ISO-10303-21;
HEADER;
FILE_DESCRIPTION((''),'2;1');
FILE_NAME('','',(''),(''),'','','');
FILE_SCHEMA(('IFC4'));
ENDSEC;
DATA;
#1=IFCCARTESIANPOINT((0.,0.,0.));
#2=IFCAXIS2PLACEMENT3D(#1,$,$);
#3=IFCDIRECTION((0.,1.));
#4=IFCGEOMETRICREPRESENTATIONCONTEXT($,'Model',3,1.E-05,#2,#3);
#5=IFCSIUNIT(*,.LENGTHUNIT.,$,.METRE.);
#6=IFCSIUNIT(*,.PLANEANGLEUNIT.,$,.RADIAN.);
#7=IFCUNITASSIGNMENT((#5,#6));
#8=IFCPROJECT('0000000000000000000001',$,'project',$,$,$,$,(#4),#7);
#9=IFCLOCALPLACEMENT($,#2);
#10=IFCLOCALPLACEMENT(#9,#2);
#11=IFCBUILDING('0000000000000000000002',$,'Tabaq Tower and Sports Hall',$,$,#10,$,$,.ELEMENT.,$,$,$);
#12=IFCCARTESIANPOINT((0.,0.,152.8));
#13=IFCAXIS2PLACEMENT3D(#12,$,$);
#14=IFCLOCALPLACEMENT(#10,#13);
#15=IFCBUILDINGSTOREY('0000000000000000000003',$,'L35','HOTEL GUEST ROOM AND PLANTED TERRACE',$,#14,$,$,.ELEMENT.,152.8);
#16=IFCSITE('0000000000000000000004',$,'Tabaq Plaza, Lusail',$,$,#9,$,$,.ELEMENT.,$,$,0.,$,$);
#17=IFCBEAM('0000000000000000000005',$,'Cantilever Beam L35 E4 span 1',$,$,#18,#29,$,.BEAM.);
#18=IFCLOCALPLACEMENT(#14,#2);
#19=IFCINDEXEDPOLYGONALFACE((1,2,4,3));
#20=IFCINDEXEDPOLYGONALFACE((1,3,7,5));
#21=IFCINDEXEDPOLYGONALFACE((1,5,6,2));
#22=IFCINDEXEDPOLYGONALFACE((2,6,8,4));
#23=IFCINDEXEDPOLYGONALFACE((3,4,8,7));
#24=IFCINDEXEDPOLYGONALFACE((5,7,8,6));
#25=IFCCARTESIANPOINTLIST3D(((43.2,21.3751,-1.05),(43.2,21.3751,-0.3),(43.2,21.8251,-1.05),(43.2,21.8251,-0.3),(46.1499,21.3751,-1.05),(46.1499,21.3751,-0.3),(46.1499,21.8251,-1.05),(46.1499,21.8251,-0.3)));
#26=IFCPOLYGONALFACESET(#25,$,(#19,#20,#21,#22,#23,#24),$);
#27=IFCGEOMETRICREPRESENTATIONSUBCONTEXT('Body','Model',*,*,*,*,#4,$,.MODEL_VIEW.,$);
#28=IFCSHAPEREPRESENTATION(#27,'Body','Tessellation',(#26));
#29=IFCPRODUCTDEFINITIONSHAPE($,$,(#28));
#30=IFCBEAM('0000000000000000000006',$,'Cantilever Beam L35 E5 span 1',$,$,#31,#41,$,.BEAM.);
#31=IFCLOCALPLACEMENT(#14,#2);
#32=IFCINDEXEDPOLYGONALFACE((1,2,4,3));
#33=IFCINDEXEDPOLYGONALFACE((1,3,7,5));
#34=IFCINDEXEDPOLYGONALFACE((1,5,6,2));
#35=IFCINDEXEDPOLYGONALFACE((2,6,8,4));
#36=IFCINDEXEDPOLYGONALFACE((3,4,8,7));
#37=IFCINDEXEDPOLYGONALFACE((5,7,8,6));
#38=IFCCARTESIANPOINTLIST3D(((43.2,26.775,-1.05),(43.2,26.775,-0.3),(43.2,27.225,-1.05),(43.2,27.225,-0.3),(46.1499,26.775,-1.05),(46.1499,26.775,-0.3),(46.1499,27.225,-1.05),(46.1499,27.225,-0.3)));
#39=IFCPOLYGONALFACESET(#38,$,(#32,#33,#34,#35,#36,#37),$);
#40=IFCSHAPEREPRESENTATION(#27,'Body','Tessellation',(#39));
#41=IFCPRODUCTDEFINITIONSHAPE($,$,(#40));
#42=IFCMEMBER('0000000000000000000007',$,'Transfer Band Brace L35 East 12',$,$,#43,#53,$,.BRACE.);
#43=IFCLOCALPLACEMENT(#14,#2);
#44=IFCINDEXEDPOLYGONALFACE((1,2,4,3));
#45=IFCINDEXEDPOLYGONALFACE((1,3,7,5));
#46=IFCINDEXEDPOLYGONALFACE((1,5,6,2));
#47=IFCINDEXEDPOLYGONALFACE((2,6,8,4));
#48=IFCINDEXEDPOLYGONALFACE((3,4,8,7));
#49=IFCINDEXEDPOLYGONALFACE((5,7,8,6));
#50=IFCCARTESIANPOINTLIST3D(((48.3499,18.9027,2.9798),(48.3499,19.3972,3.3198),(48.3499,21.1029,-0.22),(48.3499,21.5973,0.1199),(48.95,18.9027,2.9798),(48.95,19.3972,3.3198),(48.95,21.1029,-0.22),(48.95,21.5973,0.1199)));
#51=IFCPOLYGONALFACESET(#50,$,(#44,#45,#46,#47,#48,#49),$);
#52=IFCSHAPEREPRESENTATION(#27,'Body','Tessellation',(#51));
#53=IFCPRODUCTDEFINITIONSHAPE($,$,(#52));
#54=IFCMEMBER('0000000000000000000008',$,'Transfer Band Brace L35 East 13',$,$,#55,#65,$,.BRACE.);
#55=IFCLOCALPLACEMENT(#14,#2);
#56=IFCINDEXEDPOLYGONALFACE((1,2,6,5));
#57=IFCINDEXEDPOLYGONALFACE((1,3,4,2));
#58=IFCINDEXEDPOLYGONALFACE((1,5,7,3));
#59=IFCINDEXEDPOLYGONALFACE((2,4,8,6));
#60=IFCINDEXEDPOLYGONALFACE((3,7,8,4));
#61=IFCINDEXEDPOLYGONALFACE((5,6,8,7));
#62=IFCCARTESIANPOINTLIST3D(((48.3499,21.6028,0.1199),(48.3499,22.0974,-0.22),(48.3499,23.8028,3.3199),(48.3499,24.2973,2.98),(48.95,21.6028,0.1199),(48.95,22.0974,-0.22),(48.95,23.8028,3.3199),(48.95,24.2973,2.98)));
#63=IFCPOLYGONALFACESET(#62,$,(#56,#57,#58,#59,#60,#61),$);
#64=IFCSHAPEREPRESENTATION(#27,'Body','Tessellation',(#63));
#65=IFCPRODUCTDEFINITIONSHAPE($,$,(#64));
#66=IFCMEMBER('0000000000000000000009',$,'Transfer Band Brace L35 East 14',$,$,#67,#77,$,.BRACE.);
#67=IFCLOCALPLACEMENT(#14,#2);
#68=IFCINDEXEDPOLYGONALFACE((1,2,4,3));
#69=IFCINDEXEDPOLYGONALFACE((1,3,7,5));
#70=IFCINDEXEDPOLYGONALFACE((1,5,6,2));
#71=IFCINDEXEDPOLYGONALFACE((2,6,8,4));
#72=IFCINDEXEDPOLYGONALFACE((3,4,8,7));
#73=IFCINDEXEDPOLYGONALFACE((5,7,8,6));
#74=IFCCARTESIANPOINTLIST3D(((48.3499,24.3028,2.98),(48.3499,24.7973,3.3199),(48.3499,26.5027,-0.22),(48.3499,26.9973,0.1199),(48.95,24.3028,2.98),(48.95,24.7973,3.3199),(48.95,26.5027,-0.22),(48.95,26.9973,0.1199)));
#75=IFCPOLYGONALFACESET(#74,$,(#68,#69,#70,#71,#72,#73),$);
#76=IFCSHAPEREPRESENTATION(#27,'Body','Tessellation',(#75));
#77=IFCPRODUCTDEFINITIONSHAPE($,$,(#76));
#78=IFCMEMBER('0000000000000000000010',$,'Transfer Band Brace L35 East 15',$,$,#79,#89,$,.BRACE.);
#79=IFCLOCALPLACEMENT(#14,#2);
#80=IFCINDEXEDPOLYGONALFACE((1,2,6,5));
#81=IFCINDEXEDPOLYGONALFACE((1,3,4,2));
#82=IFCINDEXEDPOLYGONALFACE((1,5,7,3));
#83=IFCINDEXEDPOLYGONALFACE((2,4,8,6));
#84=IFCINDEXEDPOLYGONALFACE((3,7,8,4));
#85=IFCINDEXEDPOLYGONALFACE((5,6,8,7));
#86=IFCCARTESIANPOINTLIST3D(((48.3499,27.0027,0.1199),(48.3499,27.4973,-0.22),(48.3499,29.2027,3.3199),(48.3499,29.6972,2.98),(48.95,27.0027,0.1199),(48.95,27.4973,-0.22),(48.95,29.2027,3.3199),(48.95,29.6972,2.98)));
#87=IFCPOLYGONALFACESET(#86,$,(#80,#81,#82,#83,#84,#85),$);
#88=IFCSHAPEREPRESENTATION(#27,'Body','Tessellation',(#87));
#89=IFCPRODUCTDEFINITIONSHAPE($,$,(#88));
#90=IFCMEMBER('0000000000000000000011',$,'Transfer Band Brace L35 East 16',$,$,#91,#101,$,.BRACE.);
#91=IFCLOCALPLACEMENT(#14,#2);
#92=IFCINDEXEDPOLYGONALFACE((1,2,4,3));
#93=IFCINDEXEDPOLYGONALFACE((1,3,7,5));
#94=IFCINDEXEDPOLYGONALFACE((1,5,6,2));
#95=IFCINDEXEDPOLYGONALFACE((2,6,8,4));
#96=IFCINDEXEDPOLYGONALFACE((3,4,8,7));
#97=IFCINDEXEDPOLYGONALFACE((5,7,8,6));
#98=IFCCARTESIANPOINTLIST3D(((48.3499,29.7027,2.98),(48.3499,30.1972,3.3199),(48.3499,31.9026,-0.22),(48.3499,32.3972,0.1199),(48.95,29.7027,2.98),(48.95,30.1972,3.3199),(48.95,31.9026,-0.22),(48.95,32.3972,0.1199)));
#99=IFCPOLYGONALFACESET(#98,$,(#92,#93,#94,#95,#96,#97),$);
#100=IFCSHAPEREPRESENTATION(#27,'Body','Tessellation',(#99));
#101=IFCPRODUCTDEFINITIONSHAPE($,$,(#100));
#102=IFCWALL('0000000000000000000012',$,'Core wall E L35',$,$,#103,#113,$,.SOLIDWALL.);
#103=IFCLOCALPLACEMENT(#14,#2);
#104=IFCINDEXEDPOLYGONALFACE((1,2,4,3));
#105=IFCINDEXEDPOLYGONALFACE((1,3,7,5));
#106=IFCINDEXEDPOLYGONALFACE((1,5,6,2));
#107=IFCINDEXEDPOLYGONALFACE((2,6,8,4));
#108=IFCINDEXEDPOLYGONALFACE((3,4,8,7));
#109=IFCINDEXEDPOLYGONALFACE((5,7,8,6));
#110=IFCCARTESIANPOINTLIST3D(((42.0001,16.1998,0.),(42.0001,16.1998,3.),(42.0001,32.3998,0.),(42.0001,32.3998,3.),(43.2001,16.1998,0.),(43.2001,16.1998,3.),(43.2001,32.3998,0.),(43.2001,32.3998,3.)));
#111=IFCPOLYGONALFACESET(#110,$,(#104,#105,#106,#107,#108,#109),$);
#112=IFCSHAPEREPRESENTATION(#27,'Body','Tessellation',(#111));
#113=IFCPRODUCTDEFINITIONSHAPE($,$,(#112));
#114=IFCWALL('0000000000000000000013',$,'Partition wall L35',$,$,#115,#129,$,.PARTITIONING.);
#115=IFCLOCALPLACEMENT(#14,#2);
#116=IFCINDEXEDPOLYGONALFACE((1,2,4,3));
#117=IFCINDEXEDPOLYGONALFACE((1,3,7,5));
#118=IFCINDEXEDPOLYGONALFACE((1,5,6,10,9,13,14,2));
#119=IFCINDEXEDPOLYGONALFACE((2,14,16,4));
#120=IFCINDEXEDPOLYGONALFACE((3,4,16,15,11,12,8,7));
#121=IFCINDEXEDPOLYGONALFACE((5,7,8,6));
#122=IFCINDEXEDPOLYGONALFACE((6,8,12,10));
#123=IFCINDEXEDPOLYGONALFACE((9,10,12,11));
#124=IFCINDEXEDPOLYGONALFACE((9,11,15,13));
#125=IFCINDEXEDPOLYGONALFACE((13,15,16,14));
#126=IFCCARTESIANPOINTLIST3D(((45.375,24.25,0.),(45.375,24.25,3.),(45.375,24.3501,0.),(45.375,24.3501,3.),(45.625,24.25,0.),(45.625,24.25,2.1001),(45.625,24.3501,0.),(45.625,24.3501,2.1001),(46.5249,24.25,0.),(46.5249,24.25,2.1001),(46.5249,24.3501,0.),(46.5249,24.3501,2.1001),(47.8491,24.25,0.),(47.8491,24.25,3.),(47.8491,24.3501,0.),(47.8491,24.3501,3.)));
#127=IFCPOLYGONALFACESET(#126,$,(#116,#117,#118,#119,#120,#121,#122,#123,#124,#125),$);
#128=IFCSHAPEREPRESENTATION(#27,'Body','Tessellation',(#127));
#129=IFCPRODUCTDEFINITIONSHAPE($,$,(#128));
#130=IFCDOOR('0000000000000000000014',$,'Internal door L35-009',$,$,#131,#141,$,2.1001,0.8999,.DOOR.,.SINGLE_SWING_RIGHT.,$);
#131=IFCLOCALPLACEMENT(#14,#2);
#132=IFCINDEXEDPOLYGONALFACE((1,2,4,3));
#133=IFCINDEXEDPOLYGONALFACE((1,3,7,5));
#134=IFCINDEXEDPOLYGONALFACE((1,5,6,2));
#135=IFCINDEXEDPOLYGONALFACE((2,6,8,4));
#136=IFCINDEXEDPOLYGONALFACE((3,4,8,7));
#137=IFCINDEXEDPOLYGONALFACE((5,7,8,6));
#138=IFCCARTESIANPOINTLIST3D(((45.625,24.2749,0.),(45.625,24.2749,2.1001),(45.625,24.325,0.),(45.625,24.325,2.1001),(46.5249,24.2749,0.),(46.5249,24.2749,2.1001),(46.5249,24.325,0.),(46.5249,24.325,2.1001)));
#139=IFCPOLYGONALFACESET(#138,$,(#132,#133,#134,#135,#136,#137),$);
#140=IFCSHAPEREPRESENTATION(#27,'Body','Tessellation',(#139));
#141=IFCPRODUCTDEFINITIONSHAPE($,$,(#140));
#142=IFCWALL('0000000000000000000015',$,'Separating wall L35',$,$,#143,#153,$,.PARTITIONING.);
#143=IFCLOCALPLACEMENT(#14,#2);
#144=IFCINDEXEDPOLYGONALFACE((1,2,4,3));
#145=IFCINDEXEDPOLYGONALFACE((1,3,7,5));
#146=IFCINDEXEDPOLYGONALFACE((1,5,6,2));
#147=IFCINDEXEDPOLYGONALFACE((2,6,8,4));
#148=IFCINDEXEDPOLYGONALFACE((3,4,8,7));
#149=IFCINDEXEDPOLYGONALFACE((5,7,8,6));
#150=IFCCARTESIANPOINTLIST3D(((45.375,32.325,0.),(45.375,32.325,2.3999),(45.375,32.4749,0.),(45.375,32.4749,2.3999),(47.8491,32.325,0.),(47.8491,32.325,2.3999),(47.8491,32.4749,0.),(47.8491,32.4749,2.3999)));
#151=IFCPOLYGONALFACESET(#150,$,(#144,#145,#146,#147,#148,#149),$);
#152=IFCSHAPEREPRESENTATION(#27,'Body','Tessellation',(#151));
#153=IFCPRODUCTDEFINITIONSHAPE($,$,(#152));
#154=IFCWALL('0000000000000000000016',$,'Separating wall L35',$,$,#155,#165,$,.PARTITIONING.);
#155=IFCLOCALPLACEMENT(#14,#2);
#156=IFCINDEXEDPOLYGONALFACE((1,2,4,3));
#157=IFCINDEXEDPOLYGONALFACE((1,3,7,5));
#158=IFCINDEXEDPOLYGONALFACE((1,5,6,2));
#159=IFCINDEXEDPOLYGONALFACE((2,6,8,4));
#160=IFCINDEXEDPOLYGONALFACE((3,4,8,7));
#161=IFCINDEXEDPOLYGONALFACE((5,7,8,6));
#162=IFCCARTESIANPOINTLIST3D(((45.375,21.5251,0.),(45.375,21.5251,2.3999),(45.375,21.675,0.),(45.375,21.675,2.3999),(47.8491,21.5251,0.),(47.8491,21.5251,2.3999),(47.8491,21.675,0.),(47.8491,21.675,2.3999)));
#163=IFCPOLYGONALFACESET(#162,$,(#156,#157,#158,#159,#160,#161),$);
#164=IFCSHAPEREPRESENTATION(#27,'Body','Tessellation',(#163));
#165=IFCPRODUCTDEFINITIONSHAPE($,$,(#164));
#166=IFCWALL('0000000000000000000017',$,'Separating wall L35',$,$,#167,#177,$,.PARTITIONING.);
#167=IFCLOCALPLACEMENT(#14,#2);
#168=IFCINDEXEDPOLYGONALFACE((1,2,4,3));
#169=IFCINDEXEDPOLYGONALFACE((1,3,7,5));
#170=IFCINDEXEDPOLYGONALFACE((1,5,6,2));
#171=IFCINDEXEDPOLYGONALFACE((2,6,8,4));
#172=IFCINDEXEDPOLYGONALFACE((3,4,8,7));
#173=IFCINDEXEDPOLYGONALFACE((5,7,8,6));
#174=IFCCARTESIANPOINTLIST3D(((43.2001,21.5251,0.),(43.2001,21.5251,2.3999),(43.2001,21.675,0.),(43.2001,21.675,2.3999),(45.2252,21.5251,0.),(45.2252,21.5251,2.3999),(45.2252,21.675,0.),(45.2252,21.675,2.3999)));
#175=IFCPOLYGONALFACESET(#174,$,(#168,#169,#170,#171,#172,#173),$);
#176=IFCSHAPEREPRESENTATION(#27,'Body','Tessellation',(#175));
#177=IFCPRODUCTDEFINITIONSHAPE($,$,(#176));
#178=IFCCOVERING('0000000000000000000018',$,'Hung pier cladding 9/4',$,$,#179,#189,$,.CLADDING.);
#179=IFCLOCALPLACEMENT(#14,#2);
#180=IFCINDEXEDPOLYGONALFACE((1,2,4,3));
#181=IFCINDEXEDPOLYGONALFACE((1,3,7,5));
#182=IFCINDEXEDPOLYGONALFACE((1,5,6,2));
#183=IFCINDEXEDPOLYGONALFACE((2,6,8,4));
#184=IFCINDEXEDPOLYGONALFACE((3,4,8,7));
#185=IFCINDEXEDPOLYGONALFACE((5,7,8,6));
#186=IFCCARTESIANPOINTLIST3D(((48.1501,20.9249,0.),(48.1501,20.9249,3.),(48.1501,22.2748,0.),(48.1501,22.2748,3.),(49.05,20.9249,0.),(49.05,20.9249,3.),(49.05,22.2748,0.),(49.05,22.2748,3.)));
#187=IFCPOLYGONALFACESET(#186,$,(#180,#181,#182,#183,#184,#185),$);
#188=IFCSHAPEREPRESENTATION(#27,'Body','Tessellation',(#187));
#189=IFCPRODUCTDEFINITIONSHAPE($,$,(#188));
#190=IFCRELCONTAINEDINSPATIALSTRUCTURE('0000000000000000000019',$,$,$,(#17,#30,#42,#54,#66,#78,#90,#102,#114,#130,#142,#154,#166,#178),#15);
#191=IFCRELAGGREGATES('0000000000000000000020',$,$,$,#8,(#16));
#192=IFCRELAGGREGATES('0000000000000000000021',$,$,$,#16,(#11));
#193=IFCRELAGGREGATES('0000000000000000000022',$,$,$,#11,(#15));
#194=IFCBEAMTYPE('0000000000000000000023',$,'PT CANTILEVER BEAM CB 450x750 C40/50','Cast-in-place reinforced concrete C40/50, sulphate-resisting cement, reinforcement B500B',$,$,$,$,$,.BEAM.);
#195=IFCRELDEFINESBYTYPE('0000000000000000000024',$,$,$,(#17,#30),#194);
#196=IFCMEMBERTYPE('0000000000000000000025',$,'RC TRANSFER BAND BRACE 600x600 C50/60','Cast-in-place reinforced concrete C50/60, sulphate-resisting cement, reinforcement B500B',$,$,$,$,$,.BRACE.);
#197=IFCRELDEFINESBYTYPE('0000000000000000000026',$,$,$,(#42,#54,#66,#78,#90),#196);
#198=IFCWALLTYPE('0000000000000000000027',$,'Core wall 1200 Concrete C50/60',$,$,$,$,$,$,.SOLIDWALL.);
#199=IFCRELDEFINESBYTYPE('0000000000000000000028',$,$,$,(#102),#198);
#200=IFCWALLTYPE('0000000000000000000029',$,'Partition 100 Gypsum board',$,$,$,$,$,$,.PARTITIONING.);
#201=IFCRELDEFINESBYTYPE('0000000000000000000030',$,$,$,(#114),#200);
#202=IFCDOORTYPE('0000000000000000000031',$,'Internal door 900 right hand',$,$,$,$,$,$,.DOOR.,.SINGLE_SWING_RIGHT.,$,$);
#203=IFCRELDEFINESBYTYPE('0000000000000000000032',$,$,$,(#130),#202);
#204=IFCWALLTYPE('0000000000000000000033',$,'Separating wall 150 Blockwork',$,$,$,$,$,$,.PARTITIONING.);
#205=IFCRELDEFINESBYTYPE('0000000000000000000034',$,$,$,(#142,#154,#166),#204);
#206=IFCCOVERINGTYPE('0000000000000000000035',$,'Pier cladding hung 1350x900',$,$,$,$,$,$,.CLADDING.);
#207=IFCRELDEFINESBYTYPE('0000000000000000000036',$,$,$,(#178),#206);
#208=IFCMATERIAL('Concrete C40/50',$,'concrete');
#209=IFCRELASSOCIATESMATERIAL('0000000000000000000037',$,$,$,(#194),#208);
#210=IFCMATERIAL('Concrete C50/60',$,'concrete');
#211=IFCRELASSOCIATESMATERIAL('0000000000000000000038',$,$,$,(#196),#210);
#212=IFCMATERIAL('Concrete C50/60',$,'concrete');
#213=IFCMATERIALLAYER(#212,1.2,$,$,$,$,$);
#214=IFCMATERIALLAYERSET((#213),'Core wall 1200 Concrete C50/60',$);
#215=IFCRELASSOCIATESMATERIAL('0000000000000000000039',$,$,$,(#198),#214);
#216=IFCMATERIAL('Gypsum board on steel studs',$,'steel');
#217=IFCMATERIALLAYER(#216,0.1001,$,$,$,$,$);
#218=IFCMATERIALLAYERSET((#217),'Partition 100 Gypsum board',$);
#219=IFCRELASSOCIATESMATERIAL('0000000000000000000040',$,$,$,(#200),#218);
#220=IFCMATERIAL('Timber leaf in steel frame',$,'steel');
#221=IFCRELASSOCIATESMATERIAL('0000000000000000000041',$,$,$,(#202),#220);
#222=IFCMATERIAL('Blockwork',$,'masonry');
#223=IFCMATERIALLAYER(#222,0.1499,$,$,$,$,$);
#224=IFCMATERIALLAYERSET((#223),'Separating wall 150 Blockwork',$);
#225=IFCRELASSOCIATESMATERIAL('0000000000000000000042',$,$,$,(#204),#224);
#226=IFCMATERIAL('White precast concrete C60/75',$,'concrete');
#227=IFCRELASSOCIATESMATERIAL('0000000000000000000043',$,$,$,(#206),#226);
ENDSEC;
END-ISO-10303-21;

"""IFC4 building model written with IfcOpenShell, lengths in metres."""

from ifc_helpers import new_model, si_unit, direction, frame, frame_2d, origin, origin_2d, place, context, subcontext, project, spatial, rectangle, extrude, material, layer, layer_set, material_profile, profile_set, type_object, element, fill, save


model = new_model("IFC4")

# Units and contexts
model_context = context("Model", 3, precision=1e-05, world=origin(), true_north=direction((0.0, 1.0)))
body_context = subcontext(model_context, "Body", "Model", "MODEL_VIEW")
ifc_project = project(units=[si_unit("LENGTHUNIT", "METRE"), si_unit("PLANEANGLEUNIT", "RADIAN")], contexts=[model_context])

# Site, building, storey
site_placement = place(None, origin())
site = spatial("IfcSite", under=ifc_project, at=site_placement, Name="Tabaq Plaza, Lusail", CompositionType="ELEMENT", RefElevation=0.0)
building_placement = place(site_placement, origin())
building = spatial("IfcBuilding", under=site, at=building_placement, Name="Tabaq Tower and Sports Hall", CompositionType="ELEMENT")
storey_placement = place(building_placement, frame((0.0, 0.0, 152.8)))
storey = spatial("IfcBuildingStorey", under=building, at=storey_placement, Name="L35", Description="HOTEL GUEST ROOM AND PLANTED TERRACE", CompositionType="ELEMENT", Elevation=152.8)

# Beams
ifc_material_1 = material(Name="Concrete C40/50", Category="concrete")
ifc_material_profile_1 = material_profile(ifc_material_1, rectangle(XDim=0.45, YDim=0.75, at=origin_2d()), Name="CB 450x750")
ifc_profile_set_1 = profile_set([ifc_material_profile_1], Name="Concrete C40/50")
beam_type = type_object("IfcBeamType", Name="PT CANTILEVER BEAM CB 450x750 C40/50", Description="Cast-in-place reinforced concrete C40/50, sulphate-resisting cement, reinforcement B500B", PredefinedType="BEAM", material=ifc_profile_set_1)
for number, where, z_axis, x_axis, name in (
    (1, (46.1499, 21.6001, -0.675), (-1.0, 0.0, 0.0), (0.0, -1.0, 0.0), "Cantilever Beam L35 E4 span 1"),
    (2, (46.1499, 27.0, -0.675), (-1.0, 0.0, 0.0), (0.0, -1.0, 0.0), "Cantilever Beam L35 E5 span 1"),
):
    element("IfcBeam", number, at=place(storey_placement, frame(where, z_axis=z_axis, x_axis=x_axis)), inside=storey, type_object=beam_type, Name=name, PredefinedType="BEAM", context=body_context, shape_type="SweptSolid", body=[
        extrude(rectangle(XDim=0.45, YDim=0.75, at=origin_2d()), origin(), (0.0, 0.0, 1.0), 2.95),
    ])

# Members
ifc_material_2 = material(Name="Concrete C50/60", Category="concrete")
ifc_material_profile_2 = material_profile(ifc_material_2, rectangle(XDim=0.6001, YDim=0.6001, at=origin_2d()), Name="TRANSFER BAND BRACE 600x600")
ifc_profile_set_2 = profile_set([ifc_material_profile_2], Name="Concrete C50/60")
member_type = type_object("IfcMemberType", Name="RC TRANSFER BAND BRACE 600x600 C50/60", Description="Cast-in-place reinforced concrete C50/60, sulphate-resisting cement, reinforcement B500B", PredefinedType="BRACE", material=ifc_profile_set_2)
for number, where, z_axis, x_axis, name in (
    (3, (48.6499, 21.3501, -0.05), (0.0, -0.566569, 0.824014), (1.0, 0.0, 0.0), "Transfer Band Brace L35 East 12"),
    (4, (48.6499, 21.8501, -0.05), (0.0, 0.566526, 0.824044), (-1.0, 0.0, 0.0), "Transfer Band Brace L35 East 13"),
    (5, (48.6499, 26.75, -0.05), (0.0, -0.566526, 0.824044), (1.0, 0.0, 0.0), "Transfer Band Brace L35 East 14"),
    (6, (48.6499, 27.25, -0.05), (0.0, 0.566526, 0.824044), (-1.0, 0.0, 0.0), "Transfer Band Brace L35 East 15"),
    (7, (48.6499, 32.1499, -0.05), (0.0, -0.566526, 0.824044), (1.0, 0.0, 0.0), "Transfer Band Brace L35 East 16"),
):
    element("IfcMember", number, at=place(storey_placement, frame(where, z_axis=z_axis, x_axis=x_axis)), inside=storey, type_object=member_type, Name=name, PredefinedType="BRACE", context=body_context, shape_type="SweptSolid", body=[
        extrude(rectangle(XDim=0.6001, YDim=0.6001, at=origin_2d()), origin(), (0.0, 0.0, 1.0), 3.8833),
    ])

# Wall
ifc_material_3 = material(Name="Concrete C50/60", Category="concrete")
ifc_layer_1 = layer(ifc_material_3, 1.2)
ifc_layer_set_1 = layer_set([ifc_layer_1], Name="Core wall 1200 Concrete C50/60")
wall_type_1 = type_object("IfcWallType", Name="Core wall 1200 Concrete C50/60", PredefinedType="SOLIDWALL", material=ifc_layer_set_1)
wall_1_placement = place(storey_placement, frame((42.6001, 32.3999, 0.0), z_axis=(0.0, 0.0, 1.0), x_axis=(0.0, -1.0, 0.0)))
element("IfcWall", 8, at=wall_1_placement, inside=storey, type_object=wall_type_1, Name="Core wall E L35", PredefinedType="SOLIDWALL", context=body_context, shape_type="SweptSolid", body=[
    extrude(rectangle(XDim=16.2, YDim=1.2, at=frame_2d((8.1001, 0.0))), origin(), (0.0, 0.0, 1.0), 3.0),
])

# Wall, opening, door
ifc_material_4 = material(Name="Gypsum board on steel studs", Category="steel")
ifc_layer_2 = layer(ifc_material_4, 0.1001)
ifc_layer_set_2 = layer_set([ifc_layer_2], Name="Partition 100 Gypsum board")
wall_type_2 = type_object("IfcWallType", Name="Partition 100 Gypsum board", PredefinedType="PARTITIONING", material=ifc_layer_set_2)
wall_2_placement = place(storey_placement, frame((45.375, 24.3, 0.0), z_axis=(0.0, 0.0, 1.0), x_axis=(1.0, 0.0, 0.0)))
wall_2 = element("IfcWall", 9, at=wall_2_placement, inside=storey, type_object=wall_type_2, Name="Partition wall L35", PredefinedType="PARTITIONING", context=body_context, shape_type="SweptSolid", body=[
    extrude(rectangle(XDim=2.4741, YDim=0.1001, at=frame_2d((1.2371, 0.0))), origin(), (0.0, 0.0, 1.0), 3.0),
])
opening_placement = place(wall_2_placement, frame((0.25, 0.0, 0.0)))
opening = element("IfcOpeningElement", 10, at=opening_placement, cuts=wall_2, PredefinedType="OPENING", context=body_context, shape_type="SweptSolid", body=[
    extrude(rectangle(XDim=0.8999, YDim=2.1001, at=frame_2d((0.45, 1.05))), frame((0.0, 0.05, 0.0), z_axis=(0.0, -1.0, 0.0), x_axis=(1.0, 0.0, 0.0)), (0.0, 0.0, 1.0), 0.1001),
])
ifc_material_5 = material(Name="Timber leaf in steel frame", Category="steel")
door_type = type_object("IfcDoorType", Name="Internal door 900 right hand", OperationType="SINGLE_SWING_RIGHT", PredefinedType="DOOR", material=ifc_material_5)
door_placement = place(opening_placement, origin())
door = element("IfcDoor", 11, at=door_placement, inside=storey, type_object=door_type, Name="Internal door L35-009", OperationType="SINGLE_SWING_RIGHT", OverallHeight=2.1001, OverallWidth=0.8999, PredefinedType="DOOR", context=body_context, shape_type="SweptSolid", body=[
    extrude(rectangle(XDim=0.8999, YDim=2.1001, at=frame_2d((0.45, 1.05))), frame((0.0, 0.0249, 0.0), z_axis=(0.0, -1.0, 0.0), x_axis=(1.0, 0.0, 0.0)), (0.0, 0.0, 1.0), 0.05),
])
fill(opening, door)

# Walls
ifc_material_6 = material(Name="Blockwork", Category="masonry")
ifc_layer_3 = layer(ifc_material_6, 0.1499)
ifc_layer_set_3 = layer_set([ifc_layer_3], Name="Separating wall 150 Blockwork")
wall_type_3 = type_object("IfcWallType", Name="Separating wall 150 Blockwork", PredefinedType="PARTITIONING", material=ifc_layer_set_3)
for number, where, z_axis, x_axis, name in (
    (12, (45.375, 32.3999, 0.0), (0.0, 0.0, 1.0), (1.0, 0.0, 0.0), "Separating wall L35"),
    (13, (45.375, 21.6001, 0.0), (0.0, 0.0, 1.0), (1.0, 0.0, 0.0), "Separating wall L35"),
):
    element("IfcWall", number, at=place(storey_placement, frame(where, z_axis=z_axis, x_axis=x_axis)), inside=storey, type_object=wall_type_3, Name=name, PredefinedType="PARTITIONING", context=body_context, shape_type="SweptSolid", body=[
        extrude(rectangle(XDim=2.4741, YDim=0.1499, at=frame_2d((1.2371, 0.0))), origin(), (0.0, 0.0, 1.0), 2.3999),
    ])
wall_3_placement = place(storey_placement, frame((43.2, 21.6001, 0.0), z_axis=(0.0, 0.0, 1.0), x_axis=(1.0, 0.0, 0.0)))
element("IfcWall", 14, at=wall_3_placement, inside=storey, type_object=wall_type_3, Name="Separating wall L35", PredefinedType="PARTITIONING", context=body_context, shape_type="SweptSolid", body=[
    extrude(rectangle(XDim=2.0251, YDim=0.1499, at=frame_2d((1.0127, 0.0))), origin(), (0.0, 0.0, 1.0), 2.3999),
])

# Covering
ifc_material_7 = material(Name="White precast concrete C60/75", Category="concrete")
covering_type_1 = type_object("IfcCoveringType", Name="Pier cladding hung 1350x900", PredefinedType="CLADDING", material=ifc_material_7)
covering_1_placement = place(storey_placement, frame((48.6001, 20.925, 0.0), z_axis=(0.0, 0.0, 1.0), x_axis=(0.0, 1.0, 0.0)))
element("IfcCovering", 15, at=covering_1_placement, inside=storey, type_object=covering_type_1, Name="Hung pier cladding 9/4", PredefinedType="CLADDING", context=body_context, shape_type="SweptSolid", body=[
    extrude(rectangle(XDim=1.3499, YDim=0.8999, at=frame_2d((0.6748, 0.0))), origin(), (0.0, 0.0, 1.0), 3.0),
])

save(model, "model.ifc")
